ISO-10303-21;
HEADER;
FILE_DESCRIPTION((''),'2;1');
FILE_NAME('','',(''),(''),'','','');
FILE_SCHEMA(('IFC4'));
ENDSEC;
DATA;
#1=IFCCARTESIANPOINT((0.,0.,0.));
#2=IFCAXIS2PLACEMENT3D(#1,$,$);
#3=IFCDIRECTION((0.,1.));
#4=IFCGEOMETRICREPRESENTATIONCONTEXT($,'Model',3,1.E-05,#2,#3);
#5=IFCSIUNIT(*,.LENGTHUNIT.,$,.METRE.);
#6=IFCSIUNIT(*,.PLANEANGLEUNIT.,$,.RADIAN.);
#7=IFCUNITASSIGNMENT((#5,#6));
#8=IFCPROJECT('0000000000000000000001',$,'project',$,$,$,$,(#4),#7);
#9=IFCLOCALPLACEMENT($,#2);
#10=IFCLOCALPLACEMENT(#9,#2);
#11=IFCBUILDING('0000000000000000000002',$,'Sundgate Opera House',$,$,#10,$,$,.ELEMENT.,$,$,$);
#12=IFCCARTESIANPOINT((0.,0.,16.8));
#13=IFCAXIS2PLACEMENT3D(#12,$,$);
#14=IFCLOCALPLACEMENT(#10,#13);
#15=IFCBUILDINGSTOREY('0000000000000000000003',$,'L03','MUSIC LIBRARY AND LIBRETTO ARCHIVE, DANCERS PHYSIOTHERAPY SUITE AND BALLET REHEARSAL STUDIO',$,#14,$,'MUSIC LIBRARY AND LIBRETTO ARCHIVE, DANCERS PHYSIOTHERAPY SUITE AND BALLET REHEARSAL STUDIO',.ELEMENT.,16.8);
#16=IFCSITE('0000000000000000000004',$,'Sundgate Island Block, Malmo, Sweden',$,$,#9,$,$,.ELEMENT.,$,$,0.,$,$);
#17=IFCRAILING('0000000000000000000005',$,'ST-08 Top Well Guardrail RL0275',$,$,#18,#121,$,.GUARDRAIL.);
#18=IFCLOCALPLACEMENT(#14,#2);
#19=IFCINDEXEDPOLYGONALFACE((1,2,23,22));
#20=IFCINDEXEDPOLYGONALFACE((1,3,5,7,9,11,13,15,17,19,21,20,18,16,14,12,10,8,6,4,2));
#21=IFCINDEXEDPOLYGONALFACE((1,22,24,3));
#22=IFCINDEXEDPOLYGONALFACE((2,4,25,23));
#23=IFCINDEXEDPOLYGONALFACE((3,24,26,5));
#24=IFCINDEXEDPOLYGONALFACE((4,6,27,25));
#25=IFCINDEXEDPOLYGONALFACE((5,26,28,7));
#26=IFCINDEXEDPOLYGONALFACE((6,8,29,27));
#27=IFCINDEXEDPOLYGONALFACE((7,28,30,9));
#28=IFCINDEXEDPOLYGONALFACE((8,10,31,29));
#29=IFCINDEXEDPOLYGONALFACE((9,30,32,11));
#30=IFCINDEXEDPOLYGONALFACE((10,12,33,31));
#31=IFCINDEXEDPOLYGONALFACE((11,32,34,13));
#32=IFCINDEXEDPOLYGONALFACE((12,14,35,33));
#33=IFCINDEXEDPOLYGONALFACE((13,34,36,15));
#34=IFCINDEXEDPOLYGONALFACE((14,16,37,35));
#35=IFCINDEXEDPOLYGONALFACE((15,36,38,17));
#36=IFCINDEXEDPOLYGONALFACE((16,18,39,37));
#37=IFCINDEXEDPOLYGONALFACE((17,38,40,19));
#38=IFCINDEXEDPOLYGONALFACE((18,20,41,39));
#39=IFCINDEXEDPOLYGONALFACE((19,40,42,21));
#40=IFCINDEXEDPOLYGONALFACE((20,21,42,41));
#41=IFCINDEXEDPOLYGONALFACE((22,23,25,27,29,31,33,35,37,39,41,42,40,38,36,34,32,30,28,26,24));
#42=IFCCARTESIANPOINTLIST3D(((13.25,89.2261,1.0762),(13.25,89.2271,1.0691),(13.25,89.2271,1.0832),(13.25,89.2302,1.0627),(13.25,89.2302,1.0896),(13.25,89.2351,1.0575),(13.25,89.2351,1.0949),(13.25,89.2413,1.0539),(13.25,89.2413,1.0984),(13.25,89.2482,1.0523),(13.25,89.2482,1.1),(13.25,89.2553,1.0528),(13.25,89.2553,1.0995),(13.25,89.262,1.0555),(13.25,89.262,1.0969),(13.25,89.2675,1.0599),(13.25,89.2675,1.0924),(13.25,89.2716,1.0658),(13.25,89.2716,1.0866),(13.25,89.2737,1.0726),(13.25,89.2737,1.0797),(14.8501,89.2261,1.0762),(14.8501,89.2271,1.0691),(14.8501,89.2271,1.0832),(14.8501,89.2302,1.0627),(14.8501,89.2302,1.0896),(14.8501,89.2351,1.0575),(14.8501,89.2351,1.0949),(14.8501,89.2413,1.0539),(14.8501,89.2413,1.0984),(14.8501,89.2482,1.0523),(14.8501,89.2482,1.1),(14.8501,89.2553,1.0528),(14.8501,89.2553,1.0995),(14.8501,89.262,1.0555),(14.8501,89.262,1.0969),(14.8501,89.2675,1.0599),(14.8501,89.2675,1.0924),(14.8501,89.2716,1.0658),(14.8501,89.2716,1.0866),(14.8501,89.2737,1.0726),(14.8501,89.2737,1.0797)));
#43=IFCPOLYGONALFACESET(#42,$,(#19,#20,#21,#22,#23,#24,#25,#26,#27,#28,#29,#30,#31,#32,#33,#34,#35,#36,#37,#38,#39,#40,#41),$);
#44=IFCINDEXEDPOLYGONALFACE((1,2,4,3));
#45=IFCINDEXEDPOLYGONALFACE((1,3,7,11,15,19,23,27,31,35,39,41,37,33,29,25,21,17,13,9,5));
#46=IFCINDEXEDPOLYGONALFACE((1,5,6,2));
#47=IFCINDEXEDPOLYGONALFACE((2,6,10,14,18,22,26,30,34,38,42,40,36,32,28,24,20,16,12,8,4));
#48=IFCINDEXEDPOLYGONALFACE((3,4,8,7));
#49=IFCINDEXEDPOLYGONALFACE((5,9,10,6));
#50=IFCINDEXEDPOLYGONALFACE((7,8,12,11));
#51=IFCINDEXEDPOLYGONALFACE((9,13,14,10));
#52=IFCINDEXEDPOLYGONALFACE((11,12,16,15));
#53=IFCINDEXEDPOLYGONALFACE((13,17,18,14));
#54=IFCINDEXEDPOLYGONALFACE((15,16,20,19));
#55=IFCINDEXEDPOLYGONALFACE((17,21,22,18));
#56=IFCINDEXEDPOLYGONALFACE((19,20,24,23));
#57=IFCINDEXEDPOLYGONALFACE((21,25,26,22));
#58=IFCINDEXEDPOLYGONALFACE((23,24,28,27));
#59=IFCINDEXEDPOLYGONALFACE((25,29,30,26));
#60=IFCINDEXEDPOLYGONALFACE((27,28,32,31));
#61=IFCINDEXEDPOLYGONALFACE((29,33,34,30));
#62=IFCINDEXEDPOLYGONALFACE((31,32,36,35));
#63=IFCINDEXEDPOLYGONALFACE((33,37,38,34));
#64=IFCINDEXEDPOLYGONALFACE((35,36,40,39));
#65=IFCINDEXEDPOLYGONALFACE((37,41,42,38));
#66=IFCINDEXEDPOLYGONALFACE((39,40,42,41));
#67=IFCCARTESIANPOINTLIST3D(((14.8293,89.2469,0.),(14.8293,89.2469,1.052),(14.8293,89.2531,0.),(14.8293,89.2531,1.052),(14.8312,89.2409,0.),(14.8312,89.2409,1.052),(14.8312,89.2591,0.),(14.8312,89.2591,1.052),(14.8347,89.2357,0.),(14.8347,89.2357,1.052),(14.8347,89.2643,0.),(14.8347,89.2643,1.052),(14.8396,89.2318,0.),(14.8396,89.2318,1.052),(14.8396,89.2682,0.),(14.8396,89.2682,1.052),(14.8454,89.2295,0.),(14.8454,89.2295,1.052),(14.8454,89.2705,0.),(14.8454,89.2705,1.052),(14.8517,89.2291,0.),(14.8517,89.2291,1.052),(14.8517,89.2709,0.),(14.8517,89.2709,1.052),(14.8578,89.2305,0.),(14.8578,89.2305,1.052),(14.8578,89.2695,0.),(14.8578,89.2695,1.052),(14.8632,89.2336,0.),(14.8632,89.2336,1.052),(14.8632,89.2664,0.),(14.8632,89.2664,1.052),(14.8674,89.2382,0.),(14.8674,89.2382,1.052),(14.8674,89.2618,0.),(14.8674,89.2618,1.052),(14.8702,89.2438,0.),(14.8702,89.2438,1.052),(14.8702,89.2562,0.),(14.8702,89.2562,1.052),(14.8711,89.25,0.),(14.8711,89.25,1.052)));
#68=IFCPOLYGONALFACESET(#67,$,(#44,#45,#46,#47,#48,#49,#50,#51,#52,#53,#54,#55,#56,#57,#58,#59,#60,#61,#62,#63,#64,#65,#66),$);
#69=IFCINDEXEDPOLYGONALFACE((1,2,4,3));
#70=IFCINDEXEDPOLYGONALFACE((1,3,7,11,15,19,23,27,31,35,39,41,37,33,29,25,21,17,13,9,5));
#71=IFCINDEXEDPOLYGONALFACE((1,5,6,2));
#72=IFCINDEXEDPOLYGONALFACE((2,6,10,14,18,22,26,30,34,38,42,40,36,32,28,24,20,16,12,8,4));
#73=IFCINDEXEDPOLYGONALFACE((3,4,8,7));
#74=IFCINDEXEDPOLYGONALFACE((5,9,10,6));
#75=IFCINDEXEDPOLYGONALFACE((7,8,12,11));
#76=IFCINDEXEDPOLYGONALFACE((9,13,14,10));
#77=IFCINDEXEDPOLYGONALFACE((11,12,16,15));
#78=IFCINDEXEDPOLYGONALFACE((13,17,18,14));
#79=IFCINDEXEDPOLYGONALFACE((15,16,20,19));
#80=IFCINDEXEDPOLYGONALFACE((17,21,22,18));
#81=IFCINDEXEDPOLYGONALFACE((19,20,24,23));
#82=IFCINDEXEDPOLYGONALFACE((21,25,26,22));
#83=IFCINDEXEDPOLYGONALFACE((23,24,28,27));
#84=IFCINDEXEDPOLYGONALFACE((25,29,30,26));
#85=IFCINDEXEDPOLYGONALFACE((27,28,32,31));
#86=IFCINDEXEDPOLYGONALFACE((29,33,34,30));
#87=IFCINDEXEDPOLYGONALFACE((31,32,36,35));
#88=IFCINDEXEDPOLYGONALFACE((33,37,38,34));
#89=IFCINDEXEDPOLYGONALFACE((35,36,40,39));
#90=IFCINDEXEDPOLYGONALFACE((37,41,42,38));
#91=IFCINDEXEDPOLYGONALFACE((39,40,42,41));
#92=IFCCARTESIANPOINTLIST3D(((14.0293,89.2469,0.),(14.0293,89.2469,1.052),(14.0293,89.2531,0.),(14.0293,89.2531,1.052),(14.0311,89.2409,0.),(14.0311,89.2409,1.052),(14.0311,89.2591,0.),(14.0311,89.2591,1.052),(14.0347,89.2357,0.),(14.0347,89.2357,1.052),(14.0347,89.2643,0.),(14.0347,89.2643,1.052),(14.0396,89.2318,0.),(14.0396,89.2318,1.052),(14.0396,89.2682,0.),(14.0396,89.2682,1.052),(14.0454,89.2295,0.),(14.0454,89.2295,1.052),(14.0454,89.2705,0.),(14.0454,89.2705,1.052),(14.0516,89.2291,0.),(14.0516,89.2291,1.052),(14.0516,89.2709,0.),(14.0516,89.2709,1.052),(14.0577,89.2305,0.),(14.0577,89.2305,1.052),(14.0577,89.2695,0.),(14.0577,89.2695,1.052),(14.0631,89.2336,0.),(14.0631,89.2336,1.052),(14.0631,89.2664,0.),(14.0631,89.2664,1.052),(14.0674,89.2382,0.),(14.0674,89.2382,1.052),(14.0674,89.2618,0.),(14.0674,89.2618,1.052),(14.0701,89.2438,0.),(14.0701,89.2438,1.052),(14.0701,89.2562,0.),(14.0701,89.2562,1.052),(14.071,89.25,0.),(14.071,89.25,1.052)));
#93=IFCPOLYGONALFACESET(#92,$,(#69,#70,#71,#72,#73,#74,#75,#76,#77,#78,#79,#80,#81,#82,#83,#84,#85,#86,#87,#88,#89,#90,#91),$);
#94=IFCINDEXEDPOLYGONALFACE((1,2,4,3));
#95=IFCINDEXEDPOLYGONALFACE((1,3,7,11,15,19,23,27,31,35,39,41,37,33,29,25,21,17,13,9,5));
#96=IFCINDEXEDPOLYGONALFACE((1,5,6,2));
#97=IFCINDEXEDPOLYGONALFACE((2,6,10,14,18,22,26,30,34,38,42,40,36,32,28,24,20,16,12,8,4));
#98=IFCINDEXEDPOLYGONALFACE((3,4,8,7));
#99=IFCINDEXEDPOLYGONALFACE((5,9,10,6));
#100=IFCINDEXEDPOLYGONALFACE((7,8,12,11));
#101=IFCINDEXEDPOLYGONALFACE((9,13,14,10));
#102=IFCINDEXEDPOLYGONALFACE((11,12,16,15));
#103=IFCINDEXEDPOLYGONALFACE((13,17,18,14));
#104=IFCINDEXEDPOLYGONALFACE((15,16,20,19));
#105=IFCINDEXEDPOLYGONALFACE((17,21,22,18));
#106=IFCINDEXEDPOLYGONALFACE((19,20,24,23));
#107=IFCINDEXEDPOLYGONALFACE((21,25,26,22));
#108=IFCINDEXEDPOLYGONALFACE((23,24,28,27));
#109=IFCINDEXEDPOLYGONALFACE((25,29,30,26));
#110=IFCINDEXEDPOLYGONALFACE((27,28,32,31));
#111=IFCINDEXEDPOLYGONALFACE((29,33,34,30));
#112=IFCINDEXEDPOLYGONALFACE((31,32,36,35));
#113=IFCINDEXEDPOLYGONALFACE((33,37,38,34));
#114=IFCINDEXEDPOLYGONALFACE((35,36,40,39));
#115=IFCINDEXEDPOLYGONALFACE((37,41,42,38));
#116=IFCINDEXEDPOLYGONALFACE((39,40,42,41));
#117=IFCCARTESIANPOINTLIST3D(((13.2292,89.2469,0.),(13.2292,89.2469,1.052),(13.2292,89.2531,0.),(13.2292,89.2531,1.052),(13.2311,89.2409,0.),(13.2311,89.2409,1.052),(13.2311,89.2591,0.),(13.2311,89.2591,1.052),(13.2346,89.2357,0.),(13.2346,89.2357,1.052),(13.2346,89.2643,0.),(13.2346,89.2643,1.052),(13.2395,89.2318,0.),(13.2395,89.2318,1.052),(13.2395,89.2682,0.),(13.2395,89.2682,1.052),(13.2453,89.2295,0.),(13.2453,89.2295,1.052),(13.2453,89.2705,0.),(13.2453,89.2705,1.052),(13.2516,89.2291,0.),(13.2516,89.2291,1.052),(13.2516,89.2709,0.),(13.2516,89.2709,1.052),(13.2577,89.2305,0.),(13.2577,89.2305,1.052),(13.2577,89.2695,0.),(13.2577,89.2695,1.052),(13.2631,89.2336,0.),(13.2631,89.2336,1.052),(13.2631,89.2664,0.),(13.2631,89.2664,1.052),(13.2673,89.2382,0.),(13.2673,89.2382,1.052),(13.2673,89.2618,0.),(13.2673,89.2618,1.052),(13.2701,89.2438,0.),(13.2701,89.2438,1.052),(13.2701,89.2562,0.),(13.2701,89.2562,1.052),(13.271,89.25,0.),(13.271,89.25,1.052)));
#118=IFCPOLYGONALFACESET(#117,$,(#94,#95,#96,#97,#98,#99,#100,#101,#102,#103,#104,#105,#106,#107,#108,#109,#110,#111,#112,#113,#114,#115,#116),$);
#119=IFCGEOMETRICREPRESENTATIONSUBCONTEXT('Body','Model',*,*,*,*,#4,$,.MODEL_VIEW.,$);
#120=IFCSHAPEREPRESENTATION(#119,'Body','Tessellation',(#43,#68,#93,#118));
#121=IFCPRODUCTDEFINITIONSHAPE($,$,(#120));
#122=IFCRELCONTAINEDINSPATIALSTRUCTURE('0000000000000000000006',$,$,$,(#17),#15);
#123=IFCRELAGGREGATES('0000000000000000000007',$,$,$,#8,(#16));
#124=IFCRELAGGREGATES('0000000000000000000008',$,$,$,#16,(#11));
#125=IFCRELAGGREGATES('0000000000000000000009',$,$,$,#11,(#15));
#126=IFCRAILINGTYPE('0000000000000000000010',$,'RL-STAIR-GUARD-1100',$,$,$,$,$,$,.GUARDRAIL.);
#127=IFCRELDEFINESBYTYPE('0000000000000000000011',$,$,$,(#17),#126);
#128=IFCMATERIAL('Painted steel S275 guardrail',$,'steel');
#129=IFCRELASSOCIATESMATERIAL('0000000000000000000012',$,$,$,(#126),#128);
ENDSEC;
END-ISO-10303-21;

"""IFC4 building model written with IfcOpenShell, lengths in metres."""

from ifc_helpers import new_model, si_unit, direction, frame, origin, origin_2d, place, context, subcontext, project, spatial, circle, extrude, material, type_object, element, save


model = new_model("IFC4")

# Units and contexts
model_context = context("Model", 3, precision=1e-05, world=origin(), true_north=direction((0.0, 1.0)))
body_context = subcontext(model_context, "Body", "Model", "MODEL_VIEW")
ifc_project = project(units=[si_unit("LENGTHUNIT", "METRE"), si_unit("PLANEANGLEUNIT", "RADIAN")], contexts=[model_context])

# Site, building, storey
site_placement = place(None, origin())
site = spatial("IfcSite", under=ifc_project, at=site_placement, Name="Sundgate Island Block, Malmo, Sweden", CompositionType="ELEMENT", RefElevation=0.0)
building_placement = place(site_placement, origin())
building = spatial("IfcBuilding", under=site, at=building_placement, Name="Sundgate Opera House", CompositionType="ELEMENT")
storey_placement = place(building_placement, frame((0.0, 0.0, 16.8)))
storey = spatial("IfcBuildingStorey", under=building, at=storey_placement, Name="L03", Description="MUSIC LIBRARY AND LIBRETTO ARCHIVE, DANCERS PHYSIOTHERAPY SUITE AND BALLET REHEARSAL STUDIO", LongName="MUSIC LIBRARY AND LIBRETTO ARCHIVE, DANCERS PHYSIOTHERAPY SUITE AND BALLET REHEARSAL STUDIO", CompositionType="ELEMENT", Elevation=16.8)

# Railing
ifc_material_1 = material(Name="Painted steel S275 guardrail", Category="steel")
railing_type = type_object("IfcRailingType", Name="RL-STAIR-GUARD-1100", PredefinedType="GUARDRAIL", material=ifc_material_1)
railing_placement = place(storey_placement, frame((14.8501, 89.25, 0.0)))
element("IfcRailing", 1, at=railing_placement, inside=storey, type_object=railing_type, Name="ST-08 Top Well Guardrail RL0275", PredefinedType="GUARDRAIL", context=body_context, shape_type="SweptSolid", body=[
    extrude(circle(Radius=0.0239, at=origin_2d()), frame((0.0, 0.0, 1.0762), z_axis=(-1.0, 0.0, 0.0), x_axis=(0.0, -1.0, 0.0)), (0.0, 0.0, 1.0), 1.6001),
    extrude(circle(Radius=0.021, at=origin_2d()), origin(), (0.0, 0.0, 1.0), 1.052),
    extrude(circle(Radius=0.021, at=origin_2d()), frame((-0.8, 0.0, 0.0)), (0.0, 0.0, 1.0), 1.052),
    extrude(circle(Radius=0.021, at=origin_2d()), frame((-1.6001, 0.0, 0.0)), (0.0, 0.0, 1.0), 1.052),
])

save(model, "model.ifc")
